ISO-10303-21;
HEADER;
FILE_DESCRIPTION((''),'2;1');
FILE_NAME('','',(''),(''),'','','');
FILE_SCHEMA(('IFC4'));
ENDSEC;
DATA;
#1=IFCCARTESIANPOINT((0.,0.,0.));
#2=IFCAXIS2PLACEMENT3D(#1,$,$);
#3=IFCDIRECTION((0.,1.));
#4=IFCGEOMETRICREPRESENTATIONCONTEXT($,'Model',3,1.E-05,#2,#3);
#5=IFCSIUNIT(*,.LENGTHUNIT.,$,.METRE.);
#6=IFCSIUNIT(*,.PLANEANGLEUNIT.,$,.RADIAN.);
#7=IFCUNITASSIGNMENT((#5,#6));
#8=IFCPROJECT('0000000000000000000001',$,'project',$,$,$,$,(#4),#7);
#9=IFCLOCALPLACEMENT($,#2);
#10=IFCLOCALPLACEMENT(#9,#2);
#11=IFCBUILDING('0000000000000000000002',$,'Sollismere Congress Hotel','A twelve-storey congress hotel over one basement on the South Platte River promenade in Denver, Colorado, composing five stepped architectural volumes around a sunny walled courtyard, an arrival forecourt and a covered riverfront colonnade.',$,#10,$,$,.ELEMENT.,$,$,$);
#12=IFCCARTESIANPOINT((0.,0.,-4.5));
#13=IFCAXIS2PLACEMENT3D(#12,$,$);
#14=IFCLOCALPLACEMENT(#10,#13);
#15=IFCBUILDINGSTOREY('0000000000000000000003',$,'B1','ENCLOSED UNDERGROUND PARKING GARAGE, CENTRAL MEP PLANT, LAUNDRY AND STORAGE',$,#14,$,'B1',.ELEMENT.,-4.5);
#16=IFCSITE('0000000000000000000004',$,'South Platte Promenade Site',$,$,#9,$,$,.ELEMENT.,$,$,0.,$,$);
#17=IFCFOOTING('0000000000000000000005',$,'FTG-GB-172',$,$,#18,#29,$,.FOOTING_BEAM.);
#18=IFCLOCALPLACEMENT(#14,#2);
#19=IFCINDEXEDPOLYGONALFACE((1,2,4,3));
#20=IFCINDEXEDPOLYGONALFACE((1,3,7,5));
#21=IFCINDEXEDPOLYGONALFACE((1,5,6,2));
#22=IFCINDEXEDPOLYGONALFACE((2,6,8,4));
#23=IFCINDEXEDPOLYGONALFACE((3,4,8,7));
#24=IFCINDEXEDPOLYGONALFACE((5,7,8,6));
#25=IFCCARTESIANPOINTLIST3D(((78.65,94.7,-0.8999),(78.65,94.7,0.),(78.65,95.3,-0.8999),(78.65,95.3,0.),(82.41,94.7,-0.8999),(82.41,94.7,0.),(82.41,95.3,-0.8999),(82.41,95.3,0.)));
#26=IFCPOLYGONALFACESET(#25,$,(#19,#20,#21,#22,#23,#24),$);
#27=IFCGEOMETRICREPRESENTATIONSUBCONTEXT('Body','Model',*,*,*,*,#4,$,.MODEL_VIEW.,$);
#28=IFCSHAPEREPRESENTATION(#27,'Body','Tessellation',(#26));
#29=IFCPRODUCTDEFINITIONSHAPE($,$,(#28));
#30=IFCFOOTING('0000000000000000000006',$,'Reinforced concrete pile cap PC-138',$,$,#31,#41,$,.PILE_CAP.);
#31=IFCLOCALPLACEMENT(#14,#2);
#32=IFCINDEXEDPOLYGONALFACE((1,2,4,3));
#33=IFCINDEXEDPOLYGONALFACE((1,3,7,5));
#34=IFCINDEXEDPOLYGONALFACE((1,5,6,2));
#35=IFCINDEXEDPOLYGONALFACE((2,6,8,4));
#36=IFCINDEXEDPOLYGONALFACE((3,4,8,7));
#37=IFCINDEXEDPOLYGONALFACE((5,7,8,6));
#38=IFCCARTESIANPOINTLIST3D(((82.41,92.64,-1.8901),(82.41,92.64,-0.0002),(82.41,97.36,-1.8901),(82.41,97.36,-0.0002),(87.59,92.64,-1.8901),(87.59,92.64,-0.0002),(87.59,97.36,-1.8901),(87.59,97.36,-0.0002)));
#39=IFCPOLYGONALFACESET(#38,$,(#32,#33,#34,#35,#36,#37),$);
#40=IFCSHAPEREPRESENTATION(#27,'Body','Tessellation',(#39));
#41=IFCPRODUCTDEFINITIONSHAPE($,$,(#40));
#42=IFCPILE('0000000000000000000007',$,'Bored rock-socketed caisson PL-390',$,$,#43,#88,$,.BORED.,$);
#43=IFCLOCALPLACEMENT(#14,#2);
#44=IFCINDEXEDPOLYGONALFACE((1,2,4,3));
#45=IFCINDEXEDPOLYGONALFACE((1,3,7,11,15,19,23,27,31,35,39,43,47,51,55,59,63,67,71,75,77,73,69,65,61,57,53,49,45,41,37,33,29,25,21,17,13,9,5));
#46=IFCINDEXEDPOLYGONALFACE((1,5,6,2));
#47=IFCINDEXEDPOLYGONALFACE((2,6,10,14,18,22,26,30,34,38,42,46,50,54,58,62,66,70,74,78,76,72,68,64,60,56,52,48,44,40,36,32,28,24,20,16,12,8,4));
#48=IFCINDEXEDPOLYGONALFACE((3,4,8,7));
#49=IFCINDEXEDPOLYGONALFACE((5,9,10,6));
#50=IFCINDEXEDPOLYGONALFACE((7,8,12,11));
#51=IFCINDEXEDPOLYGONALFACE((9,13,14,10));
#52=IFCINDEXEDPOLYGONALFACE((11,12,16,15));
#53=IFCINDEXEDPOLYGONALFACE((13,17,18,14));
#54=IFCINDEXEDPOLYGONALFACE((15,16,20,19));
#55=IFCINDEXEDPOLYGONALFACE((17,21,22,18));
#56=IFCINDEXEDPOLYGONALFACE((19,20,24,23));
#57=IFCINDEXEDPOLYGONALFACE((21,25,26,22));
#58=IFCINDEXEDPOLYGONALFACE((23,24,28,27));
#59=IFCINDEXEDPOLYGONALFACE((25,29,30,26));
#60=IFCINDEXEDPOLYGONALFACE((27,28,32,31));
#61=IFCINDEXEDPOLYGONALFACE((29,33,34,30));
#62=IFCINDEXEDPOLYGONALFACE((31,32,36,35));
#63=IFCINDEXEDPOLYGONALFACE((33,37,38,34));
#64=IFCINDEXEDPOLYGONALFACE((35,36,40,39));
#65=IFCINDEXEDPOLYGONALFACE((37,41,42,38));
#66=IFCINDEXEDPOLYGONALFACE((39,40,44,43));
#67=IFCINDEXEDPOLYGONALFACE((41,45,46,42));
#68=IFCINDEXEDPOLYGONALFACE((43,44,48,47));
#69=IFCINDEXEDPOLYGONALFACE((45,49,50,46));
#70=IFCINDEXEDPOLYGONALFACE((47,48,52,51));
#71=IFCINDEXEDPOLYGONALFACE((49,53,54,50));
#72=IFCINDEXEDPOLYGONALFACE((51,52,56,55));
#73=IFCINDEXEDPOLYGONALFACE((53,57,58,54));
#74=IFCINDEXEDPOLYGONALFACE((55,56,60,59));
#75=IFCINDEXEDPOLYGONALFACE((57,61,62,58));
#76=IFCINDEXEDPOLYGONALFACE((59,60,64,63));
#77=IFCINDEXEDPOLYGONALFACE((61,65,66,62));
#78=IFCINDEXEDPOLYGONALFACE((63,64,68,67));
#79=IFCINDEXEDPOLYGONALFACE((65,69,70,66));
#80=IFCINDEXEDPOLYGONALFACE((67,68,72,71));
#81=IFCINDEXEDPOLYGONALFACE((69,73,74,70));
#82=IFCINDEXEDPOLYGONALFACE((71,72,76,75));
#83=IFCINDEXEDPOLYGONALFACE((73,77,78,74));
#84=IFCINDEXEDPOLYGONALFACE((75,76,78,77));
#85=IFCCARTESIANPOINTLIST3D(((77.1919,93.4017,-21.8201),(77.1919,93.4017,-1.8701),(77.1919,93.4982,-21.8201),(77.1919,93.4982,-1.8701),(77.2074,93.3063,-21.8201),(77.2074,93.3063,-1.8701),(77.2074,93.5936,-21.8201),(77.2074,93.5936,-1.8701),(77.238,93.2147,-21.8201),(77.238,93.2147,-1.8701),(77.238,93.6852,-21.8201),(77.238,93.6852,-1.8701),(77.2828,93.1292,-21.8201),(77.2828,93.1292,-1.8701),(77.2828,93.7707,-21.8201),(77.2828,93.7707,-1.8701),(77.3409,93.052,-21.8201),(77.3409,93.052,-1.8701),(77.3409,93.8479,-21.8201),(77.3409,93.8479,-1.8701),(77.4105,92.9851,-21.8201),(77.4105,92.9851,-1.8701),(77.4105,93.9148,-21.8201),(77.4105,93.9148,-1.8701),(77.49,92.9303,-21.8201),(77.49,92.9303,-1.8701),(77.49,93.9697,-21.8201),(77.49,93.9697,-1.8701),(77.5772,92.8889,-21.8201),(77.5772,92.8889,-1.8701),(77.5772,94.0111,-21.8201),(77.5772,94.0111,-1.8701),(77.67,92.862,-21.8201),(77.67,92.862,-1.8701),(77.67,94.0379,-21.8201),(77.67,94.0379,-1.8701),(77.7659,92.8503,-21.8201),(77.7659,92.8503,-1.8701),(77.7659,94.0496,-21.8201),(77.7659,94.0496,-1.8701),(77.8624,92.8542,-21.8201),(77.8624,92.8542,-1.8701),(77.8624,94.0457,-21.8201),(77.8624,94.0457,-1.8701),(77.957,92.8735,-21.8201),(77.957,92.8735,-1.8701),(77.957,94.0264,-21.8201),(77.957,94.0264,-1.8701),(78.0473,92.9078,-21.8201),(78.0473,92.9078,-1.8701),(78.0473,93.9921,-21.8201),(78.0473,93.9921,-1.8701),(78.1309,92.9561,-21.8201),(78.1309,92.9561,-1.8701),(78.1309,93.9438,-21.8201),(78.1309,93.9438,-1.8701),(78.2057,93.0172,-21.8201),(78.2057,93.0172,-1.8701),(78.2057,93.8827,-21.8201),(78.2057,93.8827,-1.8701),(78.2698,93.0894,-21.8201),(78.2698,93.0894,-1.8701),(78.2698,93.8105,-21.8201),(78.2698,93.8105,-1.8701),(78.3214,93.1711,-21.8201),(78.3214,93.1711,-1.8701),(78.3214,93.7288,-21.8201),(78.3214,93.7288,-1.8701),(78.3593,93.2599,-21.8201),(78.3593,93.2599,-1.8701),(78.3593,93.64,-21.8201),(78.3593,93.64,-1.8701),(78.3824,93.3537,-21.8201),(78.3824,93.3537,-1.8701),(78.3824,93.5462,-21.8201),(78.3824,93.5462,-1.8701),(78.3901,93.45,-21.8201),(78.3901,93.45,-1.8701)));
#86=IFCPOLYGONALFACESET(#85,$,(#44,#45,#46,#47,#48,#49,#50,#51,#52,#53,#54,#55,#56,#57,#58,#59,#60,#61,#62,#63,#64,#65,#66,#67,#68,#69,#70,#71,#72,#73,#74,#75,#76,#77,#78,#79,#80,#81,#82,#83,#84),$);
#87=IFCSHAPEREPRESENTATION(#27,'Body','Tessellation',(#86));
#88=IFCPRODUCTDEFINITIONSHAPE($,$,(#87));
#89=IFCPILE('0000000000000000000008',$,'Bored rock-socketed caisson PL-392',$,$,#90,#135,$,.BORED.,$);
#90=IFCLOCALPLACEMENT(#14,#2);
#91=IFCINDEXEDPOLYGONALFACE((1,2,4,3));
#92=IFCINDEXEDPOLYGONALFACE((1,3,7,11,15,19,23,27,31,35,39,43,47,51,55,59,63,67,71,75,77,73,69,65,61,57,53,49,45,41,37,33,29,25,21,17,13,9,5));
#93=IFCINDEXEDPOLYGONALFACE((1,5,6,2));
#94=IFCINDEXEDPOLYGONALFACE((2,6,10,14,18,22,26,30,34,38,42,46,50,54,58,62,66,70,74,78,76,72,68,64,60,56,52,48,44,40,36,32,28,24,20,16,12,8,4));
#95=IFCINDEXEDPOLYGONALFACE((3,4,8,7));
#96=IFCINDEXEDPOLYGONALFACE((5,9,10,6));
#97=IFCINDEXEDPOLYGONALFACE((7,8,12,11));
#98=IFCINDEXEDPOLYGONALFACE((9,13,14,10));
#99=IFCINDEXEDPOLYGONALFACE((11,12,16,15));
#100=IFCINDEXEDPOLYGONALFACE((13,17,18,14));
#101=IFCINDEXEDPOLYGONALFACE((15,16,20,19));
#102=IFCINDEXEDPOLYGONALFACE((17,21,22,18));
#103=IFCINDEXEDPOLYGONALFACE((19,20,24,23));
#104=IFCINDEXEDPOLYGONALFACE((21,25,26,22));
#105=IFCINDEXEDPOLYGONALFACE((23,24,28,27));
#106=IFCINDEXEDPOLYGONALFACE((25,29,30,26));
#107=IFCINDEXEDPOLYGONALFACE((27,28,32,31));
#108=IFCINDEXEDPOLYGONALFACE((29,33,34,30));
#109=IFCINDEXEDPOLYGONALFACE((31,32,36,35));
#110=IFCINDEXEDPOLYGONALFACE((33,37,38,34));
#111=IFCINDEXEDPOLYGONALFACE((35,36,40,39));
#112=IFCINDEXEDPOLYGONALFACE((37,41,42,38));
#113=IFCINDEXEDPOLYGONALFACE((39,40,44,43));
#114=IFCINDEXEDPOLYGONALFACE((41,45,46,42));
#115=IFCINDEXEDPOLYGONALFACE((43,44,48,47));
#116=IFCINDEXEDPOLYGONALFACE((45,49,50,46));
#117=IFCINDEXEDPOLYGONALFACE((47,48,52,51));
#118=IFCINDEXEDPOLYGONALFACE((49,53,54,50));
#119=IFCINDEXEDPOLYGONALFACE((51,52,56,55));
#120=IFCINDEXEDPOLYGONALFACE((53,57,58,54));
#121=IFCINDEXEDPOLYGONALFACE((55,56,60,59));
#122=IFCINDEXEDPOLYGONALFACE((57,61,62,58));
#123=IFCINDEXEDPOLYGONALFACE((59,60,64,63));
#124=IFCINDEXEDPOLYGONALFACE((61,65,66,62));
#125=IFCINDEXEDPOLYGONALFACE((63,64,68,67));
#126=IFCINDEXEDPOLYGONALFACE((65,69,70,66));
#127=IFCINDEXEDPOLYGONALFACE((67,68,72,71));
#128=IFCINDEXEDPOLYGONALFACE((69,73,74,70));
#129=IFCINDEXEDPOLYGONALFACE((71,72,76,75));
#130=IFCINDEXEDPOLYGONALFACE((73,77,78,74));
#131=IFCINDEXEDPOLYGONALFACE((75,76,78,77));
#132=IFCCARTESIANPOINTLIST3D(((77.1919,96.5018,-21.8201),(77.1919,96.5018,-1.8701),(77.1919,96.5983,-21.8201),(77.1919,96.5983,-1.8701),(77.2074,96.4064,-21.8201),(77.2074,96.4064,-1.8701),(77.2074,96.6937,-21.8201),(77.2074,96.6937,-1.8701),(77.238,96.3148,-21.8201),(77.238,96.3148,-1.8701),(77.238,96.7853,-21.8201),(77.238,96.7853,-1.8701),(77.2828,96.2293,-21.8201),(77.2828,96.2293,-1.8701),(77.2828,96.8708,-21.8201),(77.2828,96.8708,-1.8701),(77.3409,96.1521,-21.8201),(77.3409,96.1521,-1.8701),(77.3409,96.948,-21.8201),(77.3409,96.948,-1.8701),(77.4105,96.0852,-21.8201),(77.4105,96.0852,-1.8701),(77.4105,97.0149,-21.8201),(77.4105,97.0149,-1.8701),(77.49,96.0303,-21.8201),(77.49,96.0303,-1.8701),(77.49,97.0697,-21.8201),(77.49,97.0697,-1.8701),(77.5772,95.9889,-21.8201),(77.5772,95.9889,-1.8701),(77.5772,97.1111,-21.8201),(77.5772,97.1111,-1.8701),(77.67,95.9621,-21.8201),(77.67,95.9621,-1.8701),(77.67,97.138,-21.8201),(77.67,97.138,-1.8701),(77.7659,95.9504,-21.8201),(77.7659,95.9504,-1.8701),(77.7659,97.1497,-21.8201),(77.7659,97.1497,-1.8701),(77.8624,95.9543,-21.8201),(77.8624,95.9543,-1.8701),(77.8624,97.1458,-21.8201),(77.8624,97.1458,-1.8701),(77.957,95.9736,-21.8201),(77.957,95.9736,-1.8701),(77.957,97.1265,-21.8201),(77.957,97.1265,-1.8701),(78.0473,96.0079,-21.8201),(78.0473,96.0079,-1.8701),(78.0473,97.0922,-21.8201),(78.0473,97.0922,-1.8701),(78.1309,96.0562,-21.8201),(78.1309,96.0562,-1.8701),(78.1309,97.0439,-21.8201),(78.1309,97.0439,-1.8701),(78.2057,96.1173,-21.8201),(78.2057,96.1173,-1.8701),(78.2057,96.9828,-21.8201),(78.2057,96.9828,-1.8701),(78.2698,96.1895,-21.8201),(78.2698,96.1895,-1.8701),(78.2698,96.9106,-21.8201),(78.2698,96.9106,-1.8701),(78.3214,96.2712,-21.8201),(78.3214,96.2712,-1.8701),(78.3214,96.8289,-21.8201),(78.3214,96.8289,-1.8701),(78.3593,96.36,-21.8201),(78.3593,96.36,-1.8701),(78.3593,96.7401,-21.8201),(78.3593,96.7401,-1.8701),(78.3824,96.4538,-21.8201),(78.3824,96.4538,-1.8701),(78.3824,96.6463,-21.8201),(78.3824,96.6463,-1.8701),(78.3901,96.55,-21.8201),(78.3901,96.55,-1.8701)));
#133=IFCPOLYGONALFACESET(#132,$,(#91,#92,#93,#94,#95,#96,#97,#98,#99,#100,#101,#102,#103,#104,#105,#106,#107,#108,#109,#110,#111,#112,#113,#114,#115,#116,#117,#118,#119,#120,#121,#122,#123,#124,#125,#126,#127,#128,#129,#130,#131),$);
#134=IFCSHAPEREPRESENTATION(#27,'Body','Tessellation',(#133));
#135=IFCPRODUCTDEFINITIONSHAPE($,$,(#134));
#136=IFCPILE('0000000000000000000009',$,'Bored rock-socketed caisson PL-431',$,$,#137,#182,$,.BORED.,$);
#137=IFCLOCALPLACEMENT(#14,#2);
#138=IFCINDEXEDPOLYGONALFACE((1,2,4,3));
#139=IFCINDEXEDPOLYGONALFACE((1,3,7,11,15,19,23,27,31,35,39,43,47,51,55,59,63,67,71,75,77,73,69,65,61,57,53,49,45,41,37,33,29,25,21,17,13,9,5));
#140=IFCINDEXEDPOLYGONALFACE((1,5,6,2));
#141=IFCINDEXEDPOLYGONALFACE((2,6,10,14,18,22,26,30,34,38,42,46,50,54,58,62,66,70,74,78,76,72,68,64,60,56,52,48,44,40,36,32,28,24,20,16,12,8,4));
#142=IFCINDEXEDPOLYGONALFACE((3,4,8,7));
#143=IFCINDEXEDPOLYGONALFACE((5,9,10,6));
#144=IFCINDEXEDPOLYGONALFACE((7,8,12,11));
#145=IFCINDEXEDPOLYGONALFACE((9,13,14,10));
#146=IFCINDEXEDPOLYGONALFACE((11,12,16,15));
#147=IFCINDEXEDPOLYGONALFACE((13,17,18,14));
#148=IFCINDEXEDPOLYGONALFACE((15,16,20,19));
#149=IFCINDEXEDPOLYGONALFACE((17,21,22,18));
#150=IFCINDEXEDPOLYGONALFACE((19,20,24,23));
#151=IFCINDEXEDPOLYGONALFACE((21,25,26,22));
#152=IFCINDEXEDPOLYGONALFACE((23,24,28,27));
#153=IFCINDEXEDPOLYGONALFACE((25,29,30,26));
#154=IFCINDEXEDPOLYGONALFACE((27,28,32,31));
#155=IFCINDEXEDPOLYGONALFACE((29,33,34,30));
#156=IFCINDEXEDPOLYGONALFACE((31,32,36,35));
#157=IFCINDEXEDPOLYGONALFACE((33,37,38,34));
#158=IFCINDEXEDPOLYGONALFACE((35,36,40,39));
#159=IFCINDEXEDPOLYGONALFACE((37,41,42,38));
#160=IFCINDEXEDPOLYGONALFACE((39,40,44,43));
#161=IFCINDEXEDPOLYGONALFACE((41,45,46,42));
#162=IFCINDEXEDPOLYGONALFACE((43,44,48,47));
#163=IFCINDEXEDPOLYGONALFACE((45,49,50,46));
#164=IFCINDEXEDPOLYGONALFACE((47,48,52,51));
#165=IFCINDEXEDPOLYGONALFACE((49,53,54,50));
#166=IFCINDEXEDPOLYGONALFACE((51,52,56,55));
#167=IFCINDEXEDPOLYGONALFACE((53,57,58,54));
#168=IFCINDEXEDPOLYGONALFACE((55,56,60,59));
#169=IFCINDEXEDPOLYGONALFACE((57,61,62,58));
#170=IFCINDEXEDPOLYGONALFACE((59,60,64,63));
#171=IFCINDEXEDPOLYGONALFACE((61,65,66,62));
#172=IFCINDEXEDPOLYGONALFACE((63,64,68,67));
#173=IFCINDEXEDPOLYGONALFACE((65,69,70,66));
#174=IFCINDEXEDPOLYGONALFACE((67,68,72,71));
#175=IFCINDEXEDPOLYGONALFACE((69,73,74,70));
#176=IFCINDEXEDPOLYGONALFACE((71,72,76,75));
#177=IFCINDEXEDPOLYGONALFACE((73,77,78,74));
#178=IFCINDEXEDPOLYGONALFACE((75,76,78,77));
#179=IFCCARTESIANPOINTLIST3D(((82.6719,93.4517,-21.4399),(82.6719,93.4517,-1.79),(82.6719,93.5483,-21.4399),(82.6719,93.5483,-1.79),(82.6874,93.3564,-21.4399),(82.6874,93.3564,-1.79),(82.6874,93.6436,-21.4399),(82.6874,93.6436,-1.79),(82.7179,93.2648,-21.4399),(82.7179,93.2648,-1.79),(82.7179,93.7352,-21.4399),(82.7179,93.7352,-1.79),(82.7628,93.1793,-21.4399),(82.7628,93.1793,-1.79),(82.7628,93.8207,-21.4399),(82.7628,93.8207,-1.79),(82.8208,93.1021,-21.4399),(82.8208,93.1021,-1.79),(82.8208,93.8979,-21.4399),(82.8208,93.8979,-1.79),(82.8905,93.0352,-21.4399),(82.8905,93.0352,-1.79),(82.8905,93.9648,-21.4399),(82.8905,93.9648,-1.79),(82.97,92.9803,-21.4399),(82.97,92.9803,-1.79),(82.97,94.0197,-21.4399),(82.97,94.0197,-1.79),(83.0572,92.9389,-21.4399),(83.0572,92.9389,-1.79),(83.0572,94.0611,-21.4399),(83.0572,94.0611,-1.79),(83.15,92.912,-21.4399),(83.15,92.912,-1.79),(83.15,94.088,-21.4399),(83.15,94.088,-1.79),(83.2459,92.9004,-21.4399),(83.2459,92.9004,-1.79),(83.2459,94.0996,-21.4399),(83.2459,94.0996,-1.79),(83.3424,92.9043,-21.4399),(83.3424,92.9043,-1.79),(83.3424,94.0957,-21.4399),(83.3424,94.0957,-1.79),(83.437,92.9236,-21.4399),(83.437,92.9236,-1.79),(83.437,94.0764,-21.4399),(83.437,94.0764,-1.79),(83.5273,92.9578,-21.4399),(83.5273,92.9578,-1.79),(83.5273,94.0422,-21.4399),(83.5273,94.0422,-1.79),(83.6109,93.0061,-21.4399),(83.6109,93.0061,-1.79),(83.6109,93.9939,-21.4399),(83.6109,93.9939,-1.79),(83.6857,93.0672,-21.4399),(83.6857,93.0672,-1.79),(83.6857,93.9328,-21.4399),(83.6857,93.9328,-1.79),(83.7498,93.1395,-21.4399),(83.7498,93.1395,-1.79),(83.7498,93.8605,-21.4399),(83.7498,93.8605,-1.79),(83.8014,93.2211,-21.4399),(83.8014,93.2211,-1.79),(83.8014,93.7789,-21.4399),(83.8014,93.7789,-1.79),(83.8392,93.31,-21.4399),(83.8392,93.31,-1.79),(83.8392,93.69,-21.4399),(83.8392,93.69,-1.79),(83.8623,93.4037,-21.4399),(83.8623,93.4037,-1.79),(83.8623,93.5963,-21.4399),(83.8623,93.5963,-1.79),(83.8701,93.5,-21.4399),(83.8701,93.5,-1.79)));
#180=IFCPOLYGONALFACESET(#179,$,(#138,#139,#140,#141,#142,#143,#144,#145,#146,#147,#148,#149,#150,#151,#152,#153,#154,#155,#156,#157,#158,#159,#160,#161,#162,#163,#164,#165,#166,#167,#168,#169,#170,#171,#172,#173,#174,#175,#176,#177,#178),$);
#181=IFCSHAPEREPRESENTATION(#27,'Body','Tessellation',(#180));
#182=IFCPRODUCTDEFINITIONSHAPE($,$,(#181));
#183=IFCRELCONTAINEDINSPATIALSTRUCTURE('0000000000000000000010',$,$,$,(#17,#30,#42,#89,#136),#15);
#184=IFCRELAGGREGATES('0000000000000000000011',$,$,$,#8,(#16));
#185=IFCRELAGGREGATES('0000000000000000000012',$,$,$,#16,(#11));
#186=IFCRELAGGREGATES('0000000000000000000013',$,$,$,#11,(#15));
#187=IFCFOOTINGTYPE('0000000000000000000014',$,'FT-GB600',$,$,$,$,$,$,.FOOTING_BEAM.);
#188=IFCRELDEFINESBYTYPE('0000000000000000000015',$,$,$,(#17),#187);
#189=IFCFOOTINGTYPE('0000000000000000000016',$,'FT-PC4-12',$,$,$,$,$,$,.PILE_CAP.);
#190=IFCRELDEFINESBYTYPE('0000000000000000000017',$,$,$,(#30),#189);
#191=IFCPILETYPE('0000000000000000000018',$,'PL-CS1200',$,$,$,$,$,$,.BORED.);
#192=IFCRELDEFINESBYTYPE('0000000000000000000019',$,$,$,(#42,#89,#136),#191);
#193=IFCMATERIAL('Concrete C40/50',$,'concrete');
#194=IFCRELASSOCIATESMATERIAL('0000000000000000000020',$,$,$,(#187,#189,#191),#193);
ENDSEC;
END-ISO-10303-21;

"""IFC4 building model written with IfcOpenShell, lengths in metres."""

from ifc_helpers import new_model, si_unit, direction, frame, origin, origin_2d, place, context, subcontext, project, spatial, rectangle, circle, extrude, material, material_profile, profile_set, type_object, element, save


model = new_model("IFC4")

# Units and contexts
model_context = context("Model", 3, precision=1e-05, world=origin(), true_north=direction((0.0, 1.0)))
body_context = subcontext(model_context, "Body", "Model", "MODEL_VIEW")
ifc_project = project(units=[si_unit("LENGTHUNIT", "METRE"), si_unit("PLANEANGLEUNIT", "RADIAN")], contexts=[model_context])

# Site, building, storey
site_placement = place(None, origin())
site = spatial("IfcSite", under=ifc_project, at=site_placement, Name="South Platte Promenade Site", CompositionType="ELEMENT", RefElevation=0.0)
building_placement = place(site_placement, origin())
building = spatial("IfcBuilding", under=site, at=building_placement, Name="Sollismere Congress Hotel", Description="A twelve-storey congress hotel over one basement on the South Platte River promenade in Denver, Colorado, composing five stepped architectural volumes around a sunny walled courtyard, an arrival forecourt and a covered riverfront colonnade.", CompositionType="ELEMENT")
storey_placement = place(building_placement, frame((0.0, 0.0, -4.5)))
storey = spatial("IfcBuildingStorey", under=building, at=storey_placement, Name="B1", Description="ENCLOSED UNDERGROUND PARKING GARAGE, CENTRAL MEP PLANT, LAUNDRY AND STORAGE", LongName="B1", CompositionType="ELEMENT", Elevation=-4.5)

# Footings
ifc_material_1 = material(Name="Concrete C40/50", Category="concrete")
footing_type_1 = type_object("IfcFootingType", Name="FT-GB600", PredefinedType="FOOTING_BEAM", material=ifc_material_1)
footing_1_placement = place(storey_placement, frame((80.53, 95.0, -0.8999), z_axis=(0.0, 0.0, 1.0), x_axis=(1.0, 0.0, 0.0)))
element("IfcFooting", 1, at=footing_1_placement, inside=storey, type_object=footing_type_1, Name="FTG-GB-172", PredefinedType="FOOTING_BEAM", context=body_context, shape_type="SweptSolid", body=[
    extrude(rectangle(XDim=3.76, YDim=0.6001, at=origin_2d()), origin(), (0.0, 0.0, 1.0), 0.8999),
])
footing_type_2 = type_object("IfcFootingType", Name="FT-PC4-12", PredefinedType="PILE_CAP", material=ifc_material_1)
footing_2_placement = place(storey_placement, frame((85.0, 95.0, -1.8901), z_axis=(0.0, 0.0, 1.0), x_axis=(1.0, 0.0, 0.0)))
element("IfcFooting", 2, at=footing_2_placement, inside=storey, type_object=footing_type_2, Name="Reinforced concrete pile cap PC-138", PredefinedType="PILE_CAP", context=body_context, shape_type="SweptSolid", body=[
    extrude(rectangle(XDim=5.1799, YDim=4.72, at=origin_2d()), origin(), (0.0, 0.0, 1.0), 1.8899),
])

# Piles
ifc_material_profile_1 = material_profile(ifc_material_1, circle(Radius=0.6001, at=origin_2d()), Name="CAISSON1200")
ifc_profile_set_1 = profile_set([ifc_material_profile_1], Name="Concrete C40/50")
pile_type = type_object("IfcPileType", Name="PL-CS1200", PredefinedType="BORED", material=ifc_profile_set_1)
for number, where, z_axis, x_axis, name in (
    (3, (77.79, 93.45, -1.8701), (0.0, 0.0, -1.0), (1.0, 0.0, 0.0), "Bored rock-socketed caisson PL-390"),
    (4, (77.79, 96.55, -1.8701), (0.0, 0.0, -1.0), (1.0, 0.0, 0.0), "Bored rock-socketed caisson PL-392"),
):
    element("IfcPile", number, at=place(storey_placement, frame(where, z_axis=z_axis, x_axis=x_axis)), inside=storey, type_object=pile_type, Name=name, PredefinedType="BORED", context=body_context, shape_type="SweptSolid", body=[
        extrude(circle(Radius=0.6001, at=origin_2d()), origin(), (0.0, 0.0, 1.0), 19.95),
    ])
for number, where, z_axis, x_axis, name in (
    (5, (83.27, 93.5, -1.79), (0.0, 0.0, -1.0), (1.0, 0.0, 0.0), "Bored rock-socketed caisson PL-431"),
):
    element("IfcPile", number, at=place(storey_placement, frame(where, z_axis=z_axis, x_axis=x_axis)), inside=storey, type_object=pile_type, Name=name, PredefinedType="BORED", context=body_context, shape_type="SweptSolid", body=[
        extrude(circle(Radius=0.6001, at=origin_2d()), origin(), (0.0, 0.0, 1.0), 19.6499),
    ])

save(model, "model.ifc")
